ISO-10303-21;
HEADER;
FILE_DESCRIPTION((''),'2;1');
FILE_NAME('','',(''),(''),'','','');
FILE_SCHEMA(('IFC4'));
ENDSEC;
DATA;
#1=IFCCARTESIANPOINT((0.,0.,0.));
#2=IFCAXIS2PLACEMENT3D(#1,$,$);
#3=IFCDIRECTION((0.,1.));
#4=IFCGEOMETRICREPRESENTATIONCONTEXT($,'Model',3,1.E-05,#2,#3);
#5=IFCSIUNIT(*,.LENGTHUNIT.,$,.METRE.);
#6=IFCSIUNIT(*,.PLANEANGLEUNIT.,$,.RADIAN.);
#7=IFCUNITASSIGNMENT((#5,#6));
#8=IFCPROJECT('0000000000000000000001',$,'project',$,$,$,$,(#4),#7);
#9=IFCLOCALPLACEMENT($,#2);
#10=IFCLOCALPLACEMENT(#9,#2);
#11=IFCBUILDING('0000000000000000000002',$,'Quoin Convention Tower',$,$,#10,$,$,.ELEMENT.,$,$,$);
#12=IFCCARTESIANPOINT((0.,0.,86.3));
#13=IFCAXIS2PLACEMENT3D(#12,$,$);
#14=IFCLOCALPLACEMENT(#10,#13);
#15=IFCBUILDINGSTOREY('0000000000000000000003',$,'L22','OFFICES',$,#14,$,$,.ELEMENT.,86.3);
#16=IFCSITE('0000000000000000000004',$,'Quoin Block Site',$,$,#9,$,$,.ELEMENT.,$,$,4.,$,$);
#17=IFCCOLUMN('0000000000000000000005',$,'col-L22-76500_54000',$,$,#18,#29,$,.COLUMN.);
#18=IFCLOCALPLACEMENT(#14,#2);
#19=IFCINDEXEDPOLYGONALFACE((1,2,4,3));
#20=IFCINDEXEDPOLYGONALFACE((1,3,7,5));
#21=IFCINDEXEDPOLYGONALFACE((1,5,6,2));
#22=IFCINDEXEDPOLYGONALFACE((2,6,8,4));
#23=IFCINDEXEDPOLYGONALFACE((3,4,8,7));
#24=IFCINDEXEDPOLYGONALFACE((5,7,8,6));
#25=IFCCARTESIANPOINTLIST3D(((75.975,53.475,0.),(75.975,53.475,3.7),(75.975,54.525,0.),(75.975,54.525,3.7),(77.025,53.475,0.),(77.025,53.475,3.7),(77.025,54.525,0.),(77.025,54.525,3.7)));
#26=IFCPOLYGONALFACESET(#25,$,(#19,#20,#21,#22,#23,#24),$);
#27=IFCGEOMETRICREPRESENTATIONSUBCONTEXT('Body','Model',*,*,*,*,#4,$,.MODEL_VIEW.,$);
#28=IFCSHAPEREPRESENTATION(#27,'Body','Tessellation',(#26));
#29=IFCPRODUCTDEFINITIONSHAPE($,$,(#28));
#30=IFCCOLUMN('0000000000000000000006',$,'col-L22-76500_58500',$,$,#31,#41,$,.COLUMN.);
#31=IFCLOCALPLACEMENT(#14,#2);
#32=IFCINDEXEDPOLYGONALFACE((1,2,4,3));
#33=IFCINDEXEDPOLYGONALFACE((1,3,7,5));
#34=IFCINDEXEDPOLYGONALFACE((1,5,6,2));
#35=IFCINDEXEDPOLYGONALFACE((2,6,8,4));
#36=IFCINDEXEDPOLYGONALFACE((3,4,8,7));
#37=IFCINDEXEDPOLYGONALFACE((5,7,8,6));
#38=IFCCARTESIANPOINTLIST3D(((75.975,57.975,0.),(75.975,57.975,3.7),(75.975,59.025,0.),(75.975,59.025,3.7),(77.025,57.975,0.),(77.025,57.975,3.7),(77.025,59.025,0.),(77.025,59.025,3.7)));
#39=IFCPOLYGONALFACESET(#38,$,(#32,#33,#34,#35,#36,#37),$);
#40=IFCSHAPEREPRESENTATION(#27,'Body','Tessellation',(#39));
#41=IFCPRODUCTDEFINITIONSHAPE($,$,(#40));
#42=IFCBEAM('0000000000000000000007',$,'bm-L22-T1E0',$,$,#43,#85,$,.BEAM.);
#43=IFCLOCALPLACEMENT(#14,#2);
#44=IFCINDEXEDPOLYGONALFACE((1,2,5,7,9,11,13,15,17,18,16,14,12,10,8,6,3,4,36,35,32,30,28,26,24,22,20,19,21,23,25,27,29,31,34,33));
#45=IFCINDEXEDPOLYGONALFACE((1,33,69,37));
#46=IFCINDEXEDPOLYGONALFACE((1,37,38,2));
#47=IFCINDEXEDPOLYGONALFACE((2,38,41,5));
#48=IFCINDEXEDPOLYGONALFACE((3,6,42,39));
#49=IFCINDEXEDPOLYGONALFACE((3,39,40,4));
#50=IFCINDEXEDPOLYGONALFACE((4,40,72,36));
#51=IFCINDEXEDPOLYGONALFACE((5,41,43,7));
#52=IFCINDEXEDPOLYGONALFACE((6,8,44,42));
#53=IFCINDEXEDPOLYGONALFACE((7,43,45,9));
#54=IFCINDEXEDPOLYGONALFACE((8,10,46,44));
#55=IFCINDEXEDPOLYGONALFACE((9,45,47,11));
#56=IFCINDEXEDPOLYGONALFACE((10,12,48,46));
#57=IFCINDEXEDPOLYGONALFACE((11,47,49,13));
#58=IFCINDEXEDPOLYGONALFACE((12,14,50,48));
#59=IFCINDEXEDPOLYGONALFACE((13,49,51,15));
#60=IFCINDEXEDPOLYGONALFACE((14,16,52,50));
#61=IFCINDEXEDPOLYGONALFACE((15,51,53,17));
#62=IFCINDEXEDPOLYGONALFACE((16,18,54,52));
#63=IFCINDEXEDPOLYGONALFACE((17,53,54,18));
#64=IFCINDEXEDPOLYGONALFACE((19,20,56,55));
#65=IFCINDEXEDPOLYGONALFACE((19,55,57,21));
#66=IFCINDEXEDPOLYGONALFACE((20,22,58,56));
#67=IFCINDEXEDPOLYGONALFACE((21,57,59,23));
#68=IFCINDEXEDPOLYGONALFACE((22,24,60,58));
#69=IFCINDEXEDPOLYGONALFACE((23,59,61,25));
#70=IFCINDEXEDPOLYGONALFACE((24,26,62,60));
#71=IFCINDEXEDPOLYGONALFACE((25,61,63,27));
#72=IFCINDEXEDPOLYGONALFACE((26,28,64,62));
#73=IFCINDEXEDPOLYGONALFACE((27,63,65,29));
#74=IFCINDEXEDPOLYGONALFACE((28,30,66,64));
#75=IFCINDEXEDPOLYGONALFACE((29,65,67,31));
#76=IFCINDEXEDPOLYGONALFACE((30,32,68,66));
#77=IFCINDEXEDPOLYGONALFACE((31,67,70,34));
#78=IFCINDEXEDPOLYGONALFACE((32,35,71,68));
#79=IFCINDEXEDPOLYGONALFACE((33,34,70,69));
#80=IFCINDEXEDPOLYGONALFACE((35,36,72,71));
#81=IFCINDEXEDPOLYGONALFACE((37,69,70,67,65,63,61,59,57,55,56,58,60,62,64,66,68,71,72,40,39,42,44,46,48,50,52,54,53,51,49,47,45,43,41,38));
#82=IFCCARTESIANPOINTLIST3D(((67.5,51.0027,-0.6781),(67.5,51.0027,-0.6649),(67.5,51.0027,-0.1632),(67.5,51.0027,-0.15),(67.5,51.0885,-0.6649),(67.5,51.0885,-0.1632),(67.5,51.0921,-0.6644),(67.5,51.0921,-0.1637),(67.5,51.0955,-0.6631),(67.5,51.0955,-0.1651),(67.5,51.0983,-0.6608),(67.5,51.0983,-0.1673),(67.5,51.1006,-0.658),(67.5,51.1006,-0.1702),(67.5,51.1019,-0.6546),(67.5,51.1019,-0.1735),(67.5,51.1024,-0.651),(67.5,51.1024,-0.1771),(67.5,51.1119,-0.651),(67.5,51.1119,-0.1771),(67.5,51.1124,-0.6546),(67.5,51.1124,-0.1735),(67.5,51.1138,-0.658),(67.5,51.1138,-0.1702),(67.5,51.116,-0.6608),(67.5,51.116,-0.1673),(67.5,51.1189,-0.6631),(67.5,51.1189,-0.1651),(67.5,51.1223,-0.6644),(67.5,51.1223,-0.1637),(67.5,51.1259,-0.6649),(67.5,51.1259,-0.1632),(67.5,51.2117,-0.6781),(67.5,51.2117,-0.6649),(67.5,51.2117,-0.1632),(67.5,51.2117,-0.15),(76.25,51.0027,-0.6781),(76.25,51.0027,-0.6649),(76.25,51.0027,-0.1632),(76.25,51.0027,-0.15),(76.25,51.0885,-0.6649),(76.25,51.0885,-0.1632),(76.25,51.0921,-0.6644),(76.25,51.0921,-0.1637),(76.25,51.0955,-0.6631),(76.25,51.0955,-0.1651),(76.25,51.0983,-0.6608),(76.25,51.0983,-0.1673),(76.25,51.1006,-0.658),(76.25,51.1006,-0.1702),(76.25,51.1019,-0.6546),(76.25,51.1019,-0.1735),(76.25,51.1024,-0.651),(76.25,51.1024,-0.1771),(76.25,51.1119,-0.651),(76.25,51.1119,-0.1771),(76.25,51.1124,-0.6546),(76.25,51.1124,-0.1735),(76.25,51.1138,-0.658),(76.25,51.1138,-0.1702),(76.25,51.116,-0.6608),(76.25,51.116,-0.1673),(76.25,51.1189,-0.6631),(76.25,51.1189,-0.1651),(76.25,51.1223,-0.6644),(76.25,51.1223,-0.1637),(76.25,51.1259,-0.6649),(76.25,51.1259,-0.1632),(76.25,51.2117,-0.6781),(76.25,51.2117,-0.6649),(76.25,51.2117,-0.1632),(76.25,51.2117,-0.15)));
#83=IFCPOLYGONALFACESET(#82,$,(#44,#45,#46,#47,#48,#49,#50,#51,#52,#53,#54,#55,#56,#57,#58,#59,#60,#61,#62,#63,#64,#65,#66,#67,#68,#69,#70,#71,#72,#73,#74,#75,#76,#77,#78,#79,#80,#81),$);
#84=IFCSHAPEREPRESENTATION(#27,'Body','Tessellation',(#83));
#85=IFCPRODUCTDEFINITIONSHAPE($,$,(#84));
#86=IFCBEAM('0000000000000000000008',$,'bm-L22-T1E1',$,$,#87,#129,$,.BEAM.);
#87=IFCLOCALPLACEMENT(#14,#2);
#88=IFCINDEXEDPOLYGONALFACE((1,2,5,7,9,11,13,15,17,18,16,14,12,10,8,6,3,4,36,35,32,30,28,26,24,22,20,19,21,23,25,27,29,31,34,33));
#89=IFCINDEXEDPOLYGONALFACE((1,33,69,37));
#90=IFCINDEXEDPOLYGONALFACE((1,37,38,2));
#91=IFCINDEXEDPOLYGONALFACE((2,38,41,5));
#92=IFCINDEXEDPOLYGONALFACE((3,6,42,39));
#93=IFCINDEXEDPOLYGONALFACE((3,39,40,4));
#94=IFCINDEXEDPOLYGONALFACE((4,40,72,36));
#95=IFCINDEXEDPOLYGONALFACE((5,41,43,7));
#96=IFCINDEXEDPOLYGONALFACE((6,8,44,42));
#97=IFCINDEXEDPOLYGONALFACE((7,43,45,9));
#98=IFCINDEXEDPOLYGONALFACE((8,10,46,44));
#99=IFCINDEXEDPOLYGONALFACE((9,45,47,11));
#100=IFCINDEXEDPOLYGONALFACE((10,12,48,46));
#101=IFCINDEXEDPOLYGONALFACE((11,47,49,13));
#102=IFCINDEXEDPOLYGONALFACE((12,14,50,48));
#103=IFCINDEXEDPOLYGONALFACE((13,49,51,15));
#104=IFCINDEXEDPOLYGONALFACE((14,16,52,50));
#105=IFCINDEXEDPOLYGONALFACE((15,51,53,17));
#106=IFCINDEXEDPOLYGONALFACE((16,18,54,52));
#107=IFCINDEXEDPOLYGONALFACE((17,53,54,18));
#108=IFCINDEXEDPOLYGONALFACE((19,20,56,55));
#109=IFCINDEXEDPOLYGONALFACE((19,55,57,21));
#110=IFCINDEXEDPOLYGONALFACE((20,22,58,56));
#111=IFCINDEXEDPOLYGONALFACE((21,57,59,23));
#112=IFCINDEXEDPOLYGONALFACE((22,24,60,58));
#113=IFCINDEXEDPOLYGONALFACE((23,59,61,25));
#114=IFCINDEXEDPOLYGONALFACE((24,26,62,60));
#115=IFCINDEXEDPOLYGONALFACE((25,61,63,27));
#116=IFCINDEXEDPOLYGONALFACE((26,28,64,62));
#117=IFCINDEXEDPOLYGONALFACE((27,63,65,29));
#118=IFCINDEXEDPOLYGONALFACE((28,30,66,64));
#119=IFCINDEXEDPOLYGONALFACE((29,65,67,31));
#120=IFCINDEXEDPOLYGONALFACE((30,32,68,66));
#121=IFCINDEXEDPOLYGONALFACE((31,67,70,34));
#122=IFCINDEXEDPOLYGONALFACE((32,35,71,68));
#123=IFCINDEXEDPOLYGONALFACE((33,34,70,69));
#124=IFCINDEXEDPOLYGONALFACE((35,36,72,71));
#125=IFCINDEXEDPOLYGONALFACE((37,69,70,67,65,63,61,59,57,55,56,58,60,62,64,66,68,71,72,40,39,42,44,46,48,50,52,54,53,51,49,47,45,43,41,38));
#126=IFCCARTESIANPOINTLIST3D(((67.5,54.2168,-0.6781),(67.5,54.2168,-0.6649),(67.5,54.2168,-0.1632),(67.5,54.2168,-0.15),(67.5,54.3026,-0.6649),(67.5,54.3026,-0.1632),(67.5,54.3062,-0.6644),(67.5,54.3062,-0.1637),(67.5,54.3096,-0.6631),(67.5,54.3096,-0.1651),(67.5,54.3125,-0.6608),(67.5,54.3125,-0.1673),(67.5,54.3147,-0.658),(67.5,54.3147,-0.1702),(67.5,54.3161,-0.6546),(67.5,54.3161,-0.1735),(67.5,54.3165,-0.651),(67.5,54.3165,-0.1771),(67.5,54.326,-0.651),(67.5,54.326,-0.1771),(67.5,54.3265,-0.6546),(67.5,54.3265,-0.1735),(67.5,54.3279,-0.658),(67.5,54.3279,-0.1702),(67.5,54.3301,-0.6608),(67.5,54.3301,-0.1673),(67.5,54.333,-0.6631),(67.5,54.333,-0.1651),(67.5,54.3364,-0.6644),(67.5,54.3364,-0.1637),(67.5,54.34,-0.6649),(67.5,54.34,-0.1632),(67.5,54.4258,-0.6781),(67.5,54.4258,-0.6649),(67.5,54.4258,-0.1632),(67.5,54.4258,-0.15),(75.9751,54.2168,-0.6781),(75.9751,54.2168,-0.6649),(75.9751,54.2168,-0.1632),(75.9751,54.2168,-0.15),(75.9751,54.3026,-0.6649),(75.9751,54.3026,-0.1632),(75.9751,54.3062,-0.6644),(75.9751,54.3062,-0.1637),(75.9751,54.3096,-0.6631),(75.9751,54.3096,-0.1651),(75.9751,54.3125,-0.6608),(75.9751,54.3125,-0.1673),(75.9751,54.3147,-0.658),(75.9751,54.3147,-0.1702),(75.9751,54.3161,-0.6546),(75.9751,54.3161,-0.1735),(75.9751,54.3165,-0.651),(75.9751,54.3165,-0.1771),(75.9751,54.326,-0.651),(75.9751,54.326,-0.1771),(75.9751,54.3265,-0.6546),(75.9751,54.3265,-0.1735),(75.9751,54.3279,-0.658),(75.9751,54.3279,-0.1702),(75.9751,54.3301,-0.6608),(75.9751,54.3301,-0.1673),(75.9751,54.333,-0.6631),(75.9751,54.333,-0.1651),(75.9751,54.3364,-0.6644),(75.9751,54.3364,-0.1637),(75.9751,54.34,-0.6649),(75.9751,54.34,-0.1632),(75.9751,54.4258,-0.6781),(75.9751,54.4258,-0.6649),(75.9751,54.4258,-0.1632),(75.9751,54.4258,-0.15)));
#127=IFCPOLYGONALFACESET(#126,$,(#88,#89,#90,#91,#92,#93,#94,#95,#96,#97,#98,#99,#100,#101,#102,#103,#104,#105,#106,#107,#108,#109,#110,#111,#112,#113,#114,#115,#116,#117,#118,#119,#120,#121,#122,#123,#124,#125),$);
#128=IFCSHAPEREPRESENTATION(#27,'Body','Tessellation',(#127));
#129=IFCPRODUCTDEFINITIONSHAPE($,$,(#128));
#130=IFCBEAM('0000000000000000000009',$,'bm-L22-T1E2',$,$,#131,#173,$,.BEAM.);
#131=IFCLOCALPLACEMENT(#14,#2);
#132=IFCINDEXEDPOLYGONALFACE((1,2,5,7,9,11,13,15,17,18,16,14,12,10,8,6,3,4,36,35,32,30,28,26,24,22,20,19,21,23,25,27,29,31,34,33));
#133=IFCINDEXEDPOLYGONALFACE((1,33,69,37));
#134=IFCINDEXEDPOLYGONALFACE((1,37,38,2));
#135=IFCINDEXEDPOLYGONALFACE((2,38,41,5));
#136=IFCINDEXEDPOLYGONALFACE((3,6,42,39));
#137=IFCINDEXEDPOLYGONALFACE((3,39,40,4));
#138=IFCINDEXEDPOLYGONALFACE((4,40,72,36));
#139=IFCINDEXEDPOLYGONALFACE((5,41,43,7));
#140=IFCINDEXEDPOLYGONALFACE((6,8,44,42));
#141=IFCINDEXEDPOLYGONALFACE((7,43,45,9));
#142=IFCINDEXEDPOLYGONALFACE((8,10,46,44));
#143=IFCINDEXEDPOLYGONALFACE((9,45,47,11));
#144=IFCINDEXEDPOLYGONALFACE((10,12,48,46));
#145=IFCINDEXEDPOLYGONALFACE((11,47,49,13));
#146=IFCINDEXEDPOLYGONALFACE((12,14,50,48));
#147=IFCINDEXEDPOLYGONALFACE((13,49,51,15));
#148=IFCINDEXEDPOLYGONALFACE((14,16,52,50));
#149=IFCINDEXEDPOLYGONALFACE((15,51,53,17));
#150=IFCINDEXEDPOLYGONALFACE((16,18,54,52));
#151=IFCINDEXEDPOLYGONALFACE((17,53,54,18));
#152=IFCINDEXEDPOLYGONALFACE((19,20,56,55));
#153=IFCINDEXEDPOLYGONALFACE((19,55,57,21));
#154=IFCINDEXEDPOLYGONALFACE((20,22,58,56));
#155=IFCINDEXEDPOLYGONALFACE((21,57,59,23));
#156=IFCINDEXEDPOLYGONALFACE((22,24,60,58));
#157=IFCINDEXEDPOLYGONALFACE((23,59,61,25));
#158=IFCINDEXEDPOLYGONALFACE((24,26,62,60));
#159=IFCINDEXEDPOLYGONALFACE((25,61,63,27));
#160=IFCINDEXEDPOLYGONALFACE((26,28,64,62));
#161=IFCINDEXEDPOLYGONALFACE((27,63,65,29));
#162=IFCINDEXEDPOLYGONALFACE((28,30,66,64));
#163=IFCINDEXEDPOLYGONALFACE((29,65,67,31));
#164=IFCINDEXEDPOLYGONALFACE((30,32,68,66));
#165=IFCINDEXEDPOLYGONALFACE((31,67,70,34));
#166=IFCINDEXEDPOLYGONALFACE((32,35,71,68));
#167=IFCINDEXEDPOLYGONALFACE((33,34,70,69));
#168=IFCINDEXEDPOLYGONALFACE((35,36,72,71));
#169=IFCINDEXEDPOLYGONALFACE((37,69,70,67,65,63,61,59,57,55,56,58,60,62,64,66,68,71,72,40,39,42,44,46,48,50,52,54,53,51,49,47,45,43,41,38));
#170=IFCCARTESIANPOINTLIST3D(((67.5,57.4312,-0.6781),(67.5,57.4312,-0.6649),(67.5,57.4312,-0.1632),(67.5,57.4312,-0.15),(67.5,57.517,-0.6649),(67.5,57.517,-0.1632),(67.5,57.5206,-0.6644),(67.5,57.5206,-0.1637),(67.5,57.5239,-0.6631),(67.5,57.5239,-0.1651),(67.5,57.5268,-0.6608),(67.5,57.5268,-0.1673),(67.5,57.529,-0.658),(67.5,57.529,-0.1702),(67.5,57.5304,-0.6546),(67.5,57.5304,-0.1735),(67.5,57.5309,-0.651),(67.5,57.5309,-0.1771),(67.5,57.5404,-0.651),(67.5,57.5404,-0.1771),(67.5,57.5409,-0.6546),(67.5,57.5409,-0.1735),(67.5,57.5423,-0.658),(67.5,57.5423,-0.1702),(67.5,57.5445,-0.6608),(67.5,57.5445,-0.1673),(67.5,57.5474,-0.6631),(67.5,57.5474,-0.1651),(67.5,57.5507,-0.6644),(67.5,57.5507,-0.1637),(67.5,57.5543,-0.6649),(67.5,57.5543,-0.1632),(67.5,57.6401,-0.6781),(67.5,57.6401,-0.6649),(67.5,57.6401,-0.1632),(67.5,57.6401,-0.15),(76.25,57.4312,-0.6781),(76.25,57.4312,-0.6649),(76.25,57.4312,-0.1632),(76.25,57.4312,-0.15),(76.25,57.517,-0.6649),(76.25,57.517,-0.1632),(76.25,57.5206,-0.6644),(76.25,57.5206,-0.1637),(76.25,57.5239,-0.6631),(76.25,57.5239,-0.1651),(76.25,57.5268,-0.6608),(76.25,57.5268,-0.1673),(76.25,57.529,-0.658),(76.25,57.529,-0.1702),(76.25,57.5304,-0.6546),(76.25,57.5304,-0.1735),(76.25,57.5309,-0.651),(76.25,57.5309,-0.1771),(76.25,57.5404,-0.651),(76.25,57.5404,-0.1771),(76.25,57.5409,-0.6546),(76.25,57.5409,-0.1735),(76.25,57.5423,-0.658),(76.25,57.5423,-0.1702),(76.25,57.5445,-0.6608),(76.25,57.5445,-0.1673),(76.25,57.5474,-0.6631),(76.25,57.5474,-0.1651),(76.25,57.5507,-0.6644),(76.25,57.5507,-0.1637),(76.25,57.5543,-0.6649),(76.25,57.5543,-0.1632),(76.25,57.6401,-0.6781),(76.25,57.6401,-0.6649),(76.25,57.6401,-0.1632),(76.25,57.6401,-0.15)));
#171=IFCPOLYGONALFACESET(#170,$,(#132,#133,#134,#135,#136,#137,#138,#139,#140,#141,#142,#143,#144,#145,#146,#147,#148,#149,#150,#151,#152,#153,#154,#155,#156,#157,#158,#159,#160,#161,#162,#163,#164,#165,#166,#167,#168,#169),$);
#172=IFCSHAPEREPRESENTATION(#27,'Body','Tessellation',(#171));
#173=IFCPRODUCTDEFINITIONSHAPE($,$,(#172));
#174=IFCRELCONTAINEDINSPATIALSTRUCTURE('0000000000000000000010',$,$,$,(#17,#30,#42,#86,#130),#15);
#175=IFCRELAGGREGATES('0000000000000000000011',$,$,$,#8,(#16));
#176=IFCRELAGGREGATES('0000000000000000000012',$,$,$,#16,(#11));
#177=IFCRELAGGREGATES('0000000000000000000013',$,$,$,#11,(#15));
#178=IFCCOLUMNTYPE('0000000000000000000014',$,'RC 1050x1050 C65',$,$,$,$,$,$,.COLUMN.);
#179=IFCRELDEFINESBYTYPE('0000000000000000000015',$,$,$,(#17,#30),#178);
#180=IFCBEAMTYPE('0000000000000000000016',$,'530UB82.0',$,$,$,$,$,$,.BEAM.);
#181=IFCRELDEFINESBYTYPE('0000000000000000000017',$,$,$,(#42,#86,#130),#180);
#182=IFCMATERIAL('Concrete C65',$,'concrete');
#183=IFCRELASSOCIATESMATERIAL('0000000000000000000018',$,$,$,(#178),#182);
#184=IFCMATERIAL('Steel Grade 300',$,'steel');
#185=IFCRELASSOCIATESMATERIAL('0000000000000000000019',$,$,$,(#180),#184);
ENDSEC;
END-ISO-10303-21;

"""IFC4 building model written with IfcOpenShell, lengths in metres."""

from ifc_helpers import new_model, si_unit, direction, frame, origin, origin_2d, place, context, subcontext, project, spatial, rectangle, i_section, extrude, material, material_profile, profile_set, type_object, element, save


model = new_model("IFC4")

# Units and contexts
model_context = context("Model", 3, precision=1e-05, world=origin(), true_north=direction((0.0, 1.0)))
body_context = subcontext(model_context, "Body", "Model", "MODEL_VIEW")
ifc_project = project(units=[si_unit("LENGTHUNIT", "METRE"), si_unit("PLANEANGLEUNIT", "RADIAN")], contexts=[model_context])

# Site, building, storey
site_placement = place(None, origin())
site = spatial("IfcSite", under=ifc_project, at=site_placement, Name="Quoin Block Site", CompositionType="ELEMENT", RefElevation=4.0)
building_placement = place(site_placement, origin())
building = spatial("IfcBuilding", under=site, at=building_placement, Name="Quoin Convention Tower", CompositionType="ELEMENT")
storey_placement = place(building_placement, frame((0.0, 0.0, 86.3)))
storey = spatial("IfcBuildingStorey", under=building, at=storey_placement, Name="L22", Description="OFFICES", CompositionType="ELEMENT", Elevation=86.3)

# Columns
ifc_material_1 = material(Name="Concrete C65", Category="concrete")
ifc_material_profile_1 = material_profile(ifc_material_1, rectangle(XDim=1.05, YDim=1.05, at=origin_2d()), Name="RC 1050x1050")
ifc_profile_set_1 = profile_set([ifc_material_profile_1], Name="Concrete C65")
column_type = type_object("IfcColumnType", Name="RC 1050x1050 C65", PredefinedType="COLUMN", material=ifc_profile_set_1)
for number, where, z_axis, x_axis, name in (
    (1, (76.5, 54.0, 0.0), (0.0, 0.0, 1.0), (1.0, 0.0, 0.0), "col-L22-76500_54000"),
    (2, (76.5, 58.5, 0.0), (0.0, 0.0, 1.0), (1.0, 0.0, 0.0), "col-L22-76500_58500"),
):
    element("IfcColumn", number, at=place(storey_placement, frame(where, z_axis=z_axis, x_axis=x_axis)), inside=storey, type_object=column_type, Name=name, PredefinedType="COLUMN", context=body_context, shape_type="SweptSolid", body=[
        extrude(rectangle(XDim=1.05, YDim=1.05, at=origin_2d()), origin(), (0.0, 0.0, 1.0), 3.7),
    ])

# Beams
ifc_material_2 = material(Name="Steel Grade 300", Category="steel")
ifc_material_profile_2 = material_profile(ifc_material_2, i_section(OverallWidth=0.209, OverallDepth=0.5281, WebThickness=0.0095, FlangeThickness=0.0132, FilletRadius=0.0139, at=origin_2d()), Name="530UB82.0")
ifc_profile_set_2 = profile_set([ifc_material_profile_2], Name="Steel Grade 300")
beam_type_1 = type_object("IfcBeamType", Name="530UB82.0", PredefinedType="BEAM", material=ifc_profile_set_2)
beam_1_placement = place(storey_placement, frame((67.5, 51.1072, -0.4141), z_axis=(1.0, 0.0, 0.0), x_axis=(0.0, 1.0, 0.0)))
element("IfcBeam", 3, at=beam_1_placement, inside=storey, type_object=beam_type_1, Name="bm-L22-T1E0", PredefinedType="BEAM", context=body_context, shape_type="SweptSolid", body=[
    extrude(i_section(OverallWidth=0.209, OverallDepth=0.5281, WebThickness=0.0095, FlangeThickness=0.0132, FilletRadius=0.0139, at=origin_2d()), origin(), (0.0, 0.0, 1.0), 8.75),
])
beam_2_placement = place(storey_placement, frame((67.5, 54.3213, -0.4141), z_axis=(1.0, 0.0, 0.0), x_axis=(0.0, 1.0, 0.0)))
element("IfcBeam", 4, at=beam_2_placement, inside=storey, type_object=beam_type_1, Name="bm-L22-T1E1", PredefinedType="BEAM", context=body_context, shape_type="SweptSolid", body=[
    extrude(i_section(OverallWidth=0.209, OverallDepth=0.5281, WebThickness=0.0095, FlangeThickness=0.0132, FilletRadius=0.0139, at=origin_2d()), origin(), (0.0, 0.0, 1.0), 8.4751),
])
for number, where, z_axis, x_axis, name in (
    (5, (67.5, 57.5356, -0.4141), (1.0, 0.0, 0.0), (0.0, 1.0, 0.0), "bm-L22-T1E2"),
):
    element("IfcBeam", number, at=place(storey_placement, frame(where, z_axis=z_axis, x_axis=x_axis)), inside=storey, type_object=beam_type_1, Name=name, PredefinedType="BEAM", context=body_context, shape_type="SweptSolid", body=[
        extrude(i_section(OverallWidth=0.209, OverallDepth=0.5281, WebThickness=0.0095, FlangeThickness=0.0132, FilletRadius=0.0139, at=origin_2d()), origin(), (0.0, 0.0, 1.0), 8.75),
    ])

save(model, "model.ifc")
